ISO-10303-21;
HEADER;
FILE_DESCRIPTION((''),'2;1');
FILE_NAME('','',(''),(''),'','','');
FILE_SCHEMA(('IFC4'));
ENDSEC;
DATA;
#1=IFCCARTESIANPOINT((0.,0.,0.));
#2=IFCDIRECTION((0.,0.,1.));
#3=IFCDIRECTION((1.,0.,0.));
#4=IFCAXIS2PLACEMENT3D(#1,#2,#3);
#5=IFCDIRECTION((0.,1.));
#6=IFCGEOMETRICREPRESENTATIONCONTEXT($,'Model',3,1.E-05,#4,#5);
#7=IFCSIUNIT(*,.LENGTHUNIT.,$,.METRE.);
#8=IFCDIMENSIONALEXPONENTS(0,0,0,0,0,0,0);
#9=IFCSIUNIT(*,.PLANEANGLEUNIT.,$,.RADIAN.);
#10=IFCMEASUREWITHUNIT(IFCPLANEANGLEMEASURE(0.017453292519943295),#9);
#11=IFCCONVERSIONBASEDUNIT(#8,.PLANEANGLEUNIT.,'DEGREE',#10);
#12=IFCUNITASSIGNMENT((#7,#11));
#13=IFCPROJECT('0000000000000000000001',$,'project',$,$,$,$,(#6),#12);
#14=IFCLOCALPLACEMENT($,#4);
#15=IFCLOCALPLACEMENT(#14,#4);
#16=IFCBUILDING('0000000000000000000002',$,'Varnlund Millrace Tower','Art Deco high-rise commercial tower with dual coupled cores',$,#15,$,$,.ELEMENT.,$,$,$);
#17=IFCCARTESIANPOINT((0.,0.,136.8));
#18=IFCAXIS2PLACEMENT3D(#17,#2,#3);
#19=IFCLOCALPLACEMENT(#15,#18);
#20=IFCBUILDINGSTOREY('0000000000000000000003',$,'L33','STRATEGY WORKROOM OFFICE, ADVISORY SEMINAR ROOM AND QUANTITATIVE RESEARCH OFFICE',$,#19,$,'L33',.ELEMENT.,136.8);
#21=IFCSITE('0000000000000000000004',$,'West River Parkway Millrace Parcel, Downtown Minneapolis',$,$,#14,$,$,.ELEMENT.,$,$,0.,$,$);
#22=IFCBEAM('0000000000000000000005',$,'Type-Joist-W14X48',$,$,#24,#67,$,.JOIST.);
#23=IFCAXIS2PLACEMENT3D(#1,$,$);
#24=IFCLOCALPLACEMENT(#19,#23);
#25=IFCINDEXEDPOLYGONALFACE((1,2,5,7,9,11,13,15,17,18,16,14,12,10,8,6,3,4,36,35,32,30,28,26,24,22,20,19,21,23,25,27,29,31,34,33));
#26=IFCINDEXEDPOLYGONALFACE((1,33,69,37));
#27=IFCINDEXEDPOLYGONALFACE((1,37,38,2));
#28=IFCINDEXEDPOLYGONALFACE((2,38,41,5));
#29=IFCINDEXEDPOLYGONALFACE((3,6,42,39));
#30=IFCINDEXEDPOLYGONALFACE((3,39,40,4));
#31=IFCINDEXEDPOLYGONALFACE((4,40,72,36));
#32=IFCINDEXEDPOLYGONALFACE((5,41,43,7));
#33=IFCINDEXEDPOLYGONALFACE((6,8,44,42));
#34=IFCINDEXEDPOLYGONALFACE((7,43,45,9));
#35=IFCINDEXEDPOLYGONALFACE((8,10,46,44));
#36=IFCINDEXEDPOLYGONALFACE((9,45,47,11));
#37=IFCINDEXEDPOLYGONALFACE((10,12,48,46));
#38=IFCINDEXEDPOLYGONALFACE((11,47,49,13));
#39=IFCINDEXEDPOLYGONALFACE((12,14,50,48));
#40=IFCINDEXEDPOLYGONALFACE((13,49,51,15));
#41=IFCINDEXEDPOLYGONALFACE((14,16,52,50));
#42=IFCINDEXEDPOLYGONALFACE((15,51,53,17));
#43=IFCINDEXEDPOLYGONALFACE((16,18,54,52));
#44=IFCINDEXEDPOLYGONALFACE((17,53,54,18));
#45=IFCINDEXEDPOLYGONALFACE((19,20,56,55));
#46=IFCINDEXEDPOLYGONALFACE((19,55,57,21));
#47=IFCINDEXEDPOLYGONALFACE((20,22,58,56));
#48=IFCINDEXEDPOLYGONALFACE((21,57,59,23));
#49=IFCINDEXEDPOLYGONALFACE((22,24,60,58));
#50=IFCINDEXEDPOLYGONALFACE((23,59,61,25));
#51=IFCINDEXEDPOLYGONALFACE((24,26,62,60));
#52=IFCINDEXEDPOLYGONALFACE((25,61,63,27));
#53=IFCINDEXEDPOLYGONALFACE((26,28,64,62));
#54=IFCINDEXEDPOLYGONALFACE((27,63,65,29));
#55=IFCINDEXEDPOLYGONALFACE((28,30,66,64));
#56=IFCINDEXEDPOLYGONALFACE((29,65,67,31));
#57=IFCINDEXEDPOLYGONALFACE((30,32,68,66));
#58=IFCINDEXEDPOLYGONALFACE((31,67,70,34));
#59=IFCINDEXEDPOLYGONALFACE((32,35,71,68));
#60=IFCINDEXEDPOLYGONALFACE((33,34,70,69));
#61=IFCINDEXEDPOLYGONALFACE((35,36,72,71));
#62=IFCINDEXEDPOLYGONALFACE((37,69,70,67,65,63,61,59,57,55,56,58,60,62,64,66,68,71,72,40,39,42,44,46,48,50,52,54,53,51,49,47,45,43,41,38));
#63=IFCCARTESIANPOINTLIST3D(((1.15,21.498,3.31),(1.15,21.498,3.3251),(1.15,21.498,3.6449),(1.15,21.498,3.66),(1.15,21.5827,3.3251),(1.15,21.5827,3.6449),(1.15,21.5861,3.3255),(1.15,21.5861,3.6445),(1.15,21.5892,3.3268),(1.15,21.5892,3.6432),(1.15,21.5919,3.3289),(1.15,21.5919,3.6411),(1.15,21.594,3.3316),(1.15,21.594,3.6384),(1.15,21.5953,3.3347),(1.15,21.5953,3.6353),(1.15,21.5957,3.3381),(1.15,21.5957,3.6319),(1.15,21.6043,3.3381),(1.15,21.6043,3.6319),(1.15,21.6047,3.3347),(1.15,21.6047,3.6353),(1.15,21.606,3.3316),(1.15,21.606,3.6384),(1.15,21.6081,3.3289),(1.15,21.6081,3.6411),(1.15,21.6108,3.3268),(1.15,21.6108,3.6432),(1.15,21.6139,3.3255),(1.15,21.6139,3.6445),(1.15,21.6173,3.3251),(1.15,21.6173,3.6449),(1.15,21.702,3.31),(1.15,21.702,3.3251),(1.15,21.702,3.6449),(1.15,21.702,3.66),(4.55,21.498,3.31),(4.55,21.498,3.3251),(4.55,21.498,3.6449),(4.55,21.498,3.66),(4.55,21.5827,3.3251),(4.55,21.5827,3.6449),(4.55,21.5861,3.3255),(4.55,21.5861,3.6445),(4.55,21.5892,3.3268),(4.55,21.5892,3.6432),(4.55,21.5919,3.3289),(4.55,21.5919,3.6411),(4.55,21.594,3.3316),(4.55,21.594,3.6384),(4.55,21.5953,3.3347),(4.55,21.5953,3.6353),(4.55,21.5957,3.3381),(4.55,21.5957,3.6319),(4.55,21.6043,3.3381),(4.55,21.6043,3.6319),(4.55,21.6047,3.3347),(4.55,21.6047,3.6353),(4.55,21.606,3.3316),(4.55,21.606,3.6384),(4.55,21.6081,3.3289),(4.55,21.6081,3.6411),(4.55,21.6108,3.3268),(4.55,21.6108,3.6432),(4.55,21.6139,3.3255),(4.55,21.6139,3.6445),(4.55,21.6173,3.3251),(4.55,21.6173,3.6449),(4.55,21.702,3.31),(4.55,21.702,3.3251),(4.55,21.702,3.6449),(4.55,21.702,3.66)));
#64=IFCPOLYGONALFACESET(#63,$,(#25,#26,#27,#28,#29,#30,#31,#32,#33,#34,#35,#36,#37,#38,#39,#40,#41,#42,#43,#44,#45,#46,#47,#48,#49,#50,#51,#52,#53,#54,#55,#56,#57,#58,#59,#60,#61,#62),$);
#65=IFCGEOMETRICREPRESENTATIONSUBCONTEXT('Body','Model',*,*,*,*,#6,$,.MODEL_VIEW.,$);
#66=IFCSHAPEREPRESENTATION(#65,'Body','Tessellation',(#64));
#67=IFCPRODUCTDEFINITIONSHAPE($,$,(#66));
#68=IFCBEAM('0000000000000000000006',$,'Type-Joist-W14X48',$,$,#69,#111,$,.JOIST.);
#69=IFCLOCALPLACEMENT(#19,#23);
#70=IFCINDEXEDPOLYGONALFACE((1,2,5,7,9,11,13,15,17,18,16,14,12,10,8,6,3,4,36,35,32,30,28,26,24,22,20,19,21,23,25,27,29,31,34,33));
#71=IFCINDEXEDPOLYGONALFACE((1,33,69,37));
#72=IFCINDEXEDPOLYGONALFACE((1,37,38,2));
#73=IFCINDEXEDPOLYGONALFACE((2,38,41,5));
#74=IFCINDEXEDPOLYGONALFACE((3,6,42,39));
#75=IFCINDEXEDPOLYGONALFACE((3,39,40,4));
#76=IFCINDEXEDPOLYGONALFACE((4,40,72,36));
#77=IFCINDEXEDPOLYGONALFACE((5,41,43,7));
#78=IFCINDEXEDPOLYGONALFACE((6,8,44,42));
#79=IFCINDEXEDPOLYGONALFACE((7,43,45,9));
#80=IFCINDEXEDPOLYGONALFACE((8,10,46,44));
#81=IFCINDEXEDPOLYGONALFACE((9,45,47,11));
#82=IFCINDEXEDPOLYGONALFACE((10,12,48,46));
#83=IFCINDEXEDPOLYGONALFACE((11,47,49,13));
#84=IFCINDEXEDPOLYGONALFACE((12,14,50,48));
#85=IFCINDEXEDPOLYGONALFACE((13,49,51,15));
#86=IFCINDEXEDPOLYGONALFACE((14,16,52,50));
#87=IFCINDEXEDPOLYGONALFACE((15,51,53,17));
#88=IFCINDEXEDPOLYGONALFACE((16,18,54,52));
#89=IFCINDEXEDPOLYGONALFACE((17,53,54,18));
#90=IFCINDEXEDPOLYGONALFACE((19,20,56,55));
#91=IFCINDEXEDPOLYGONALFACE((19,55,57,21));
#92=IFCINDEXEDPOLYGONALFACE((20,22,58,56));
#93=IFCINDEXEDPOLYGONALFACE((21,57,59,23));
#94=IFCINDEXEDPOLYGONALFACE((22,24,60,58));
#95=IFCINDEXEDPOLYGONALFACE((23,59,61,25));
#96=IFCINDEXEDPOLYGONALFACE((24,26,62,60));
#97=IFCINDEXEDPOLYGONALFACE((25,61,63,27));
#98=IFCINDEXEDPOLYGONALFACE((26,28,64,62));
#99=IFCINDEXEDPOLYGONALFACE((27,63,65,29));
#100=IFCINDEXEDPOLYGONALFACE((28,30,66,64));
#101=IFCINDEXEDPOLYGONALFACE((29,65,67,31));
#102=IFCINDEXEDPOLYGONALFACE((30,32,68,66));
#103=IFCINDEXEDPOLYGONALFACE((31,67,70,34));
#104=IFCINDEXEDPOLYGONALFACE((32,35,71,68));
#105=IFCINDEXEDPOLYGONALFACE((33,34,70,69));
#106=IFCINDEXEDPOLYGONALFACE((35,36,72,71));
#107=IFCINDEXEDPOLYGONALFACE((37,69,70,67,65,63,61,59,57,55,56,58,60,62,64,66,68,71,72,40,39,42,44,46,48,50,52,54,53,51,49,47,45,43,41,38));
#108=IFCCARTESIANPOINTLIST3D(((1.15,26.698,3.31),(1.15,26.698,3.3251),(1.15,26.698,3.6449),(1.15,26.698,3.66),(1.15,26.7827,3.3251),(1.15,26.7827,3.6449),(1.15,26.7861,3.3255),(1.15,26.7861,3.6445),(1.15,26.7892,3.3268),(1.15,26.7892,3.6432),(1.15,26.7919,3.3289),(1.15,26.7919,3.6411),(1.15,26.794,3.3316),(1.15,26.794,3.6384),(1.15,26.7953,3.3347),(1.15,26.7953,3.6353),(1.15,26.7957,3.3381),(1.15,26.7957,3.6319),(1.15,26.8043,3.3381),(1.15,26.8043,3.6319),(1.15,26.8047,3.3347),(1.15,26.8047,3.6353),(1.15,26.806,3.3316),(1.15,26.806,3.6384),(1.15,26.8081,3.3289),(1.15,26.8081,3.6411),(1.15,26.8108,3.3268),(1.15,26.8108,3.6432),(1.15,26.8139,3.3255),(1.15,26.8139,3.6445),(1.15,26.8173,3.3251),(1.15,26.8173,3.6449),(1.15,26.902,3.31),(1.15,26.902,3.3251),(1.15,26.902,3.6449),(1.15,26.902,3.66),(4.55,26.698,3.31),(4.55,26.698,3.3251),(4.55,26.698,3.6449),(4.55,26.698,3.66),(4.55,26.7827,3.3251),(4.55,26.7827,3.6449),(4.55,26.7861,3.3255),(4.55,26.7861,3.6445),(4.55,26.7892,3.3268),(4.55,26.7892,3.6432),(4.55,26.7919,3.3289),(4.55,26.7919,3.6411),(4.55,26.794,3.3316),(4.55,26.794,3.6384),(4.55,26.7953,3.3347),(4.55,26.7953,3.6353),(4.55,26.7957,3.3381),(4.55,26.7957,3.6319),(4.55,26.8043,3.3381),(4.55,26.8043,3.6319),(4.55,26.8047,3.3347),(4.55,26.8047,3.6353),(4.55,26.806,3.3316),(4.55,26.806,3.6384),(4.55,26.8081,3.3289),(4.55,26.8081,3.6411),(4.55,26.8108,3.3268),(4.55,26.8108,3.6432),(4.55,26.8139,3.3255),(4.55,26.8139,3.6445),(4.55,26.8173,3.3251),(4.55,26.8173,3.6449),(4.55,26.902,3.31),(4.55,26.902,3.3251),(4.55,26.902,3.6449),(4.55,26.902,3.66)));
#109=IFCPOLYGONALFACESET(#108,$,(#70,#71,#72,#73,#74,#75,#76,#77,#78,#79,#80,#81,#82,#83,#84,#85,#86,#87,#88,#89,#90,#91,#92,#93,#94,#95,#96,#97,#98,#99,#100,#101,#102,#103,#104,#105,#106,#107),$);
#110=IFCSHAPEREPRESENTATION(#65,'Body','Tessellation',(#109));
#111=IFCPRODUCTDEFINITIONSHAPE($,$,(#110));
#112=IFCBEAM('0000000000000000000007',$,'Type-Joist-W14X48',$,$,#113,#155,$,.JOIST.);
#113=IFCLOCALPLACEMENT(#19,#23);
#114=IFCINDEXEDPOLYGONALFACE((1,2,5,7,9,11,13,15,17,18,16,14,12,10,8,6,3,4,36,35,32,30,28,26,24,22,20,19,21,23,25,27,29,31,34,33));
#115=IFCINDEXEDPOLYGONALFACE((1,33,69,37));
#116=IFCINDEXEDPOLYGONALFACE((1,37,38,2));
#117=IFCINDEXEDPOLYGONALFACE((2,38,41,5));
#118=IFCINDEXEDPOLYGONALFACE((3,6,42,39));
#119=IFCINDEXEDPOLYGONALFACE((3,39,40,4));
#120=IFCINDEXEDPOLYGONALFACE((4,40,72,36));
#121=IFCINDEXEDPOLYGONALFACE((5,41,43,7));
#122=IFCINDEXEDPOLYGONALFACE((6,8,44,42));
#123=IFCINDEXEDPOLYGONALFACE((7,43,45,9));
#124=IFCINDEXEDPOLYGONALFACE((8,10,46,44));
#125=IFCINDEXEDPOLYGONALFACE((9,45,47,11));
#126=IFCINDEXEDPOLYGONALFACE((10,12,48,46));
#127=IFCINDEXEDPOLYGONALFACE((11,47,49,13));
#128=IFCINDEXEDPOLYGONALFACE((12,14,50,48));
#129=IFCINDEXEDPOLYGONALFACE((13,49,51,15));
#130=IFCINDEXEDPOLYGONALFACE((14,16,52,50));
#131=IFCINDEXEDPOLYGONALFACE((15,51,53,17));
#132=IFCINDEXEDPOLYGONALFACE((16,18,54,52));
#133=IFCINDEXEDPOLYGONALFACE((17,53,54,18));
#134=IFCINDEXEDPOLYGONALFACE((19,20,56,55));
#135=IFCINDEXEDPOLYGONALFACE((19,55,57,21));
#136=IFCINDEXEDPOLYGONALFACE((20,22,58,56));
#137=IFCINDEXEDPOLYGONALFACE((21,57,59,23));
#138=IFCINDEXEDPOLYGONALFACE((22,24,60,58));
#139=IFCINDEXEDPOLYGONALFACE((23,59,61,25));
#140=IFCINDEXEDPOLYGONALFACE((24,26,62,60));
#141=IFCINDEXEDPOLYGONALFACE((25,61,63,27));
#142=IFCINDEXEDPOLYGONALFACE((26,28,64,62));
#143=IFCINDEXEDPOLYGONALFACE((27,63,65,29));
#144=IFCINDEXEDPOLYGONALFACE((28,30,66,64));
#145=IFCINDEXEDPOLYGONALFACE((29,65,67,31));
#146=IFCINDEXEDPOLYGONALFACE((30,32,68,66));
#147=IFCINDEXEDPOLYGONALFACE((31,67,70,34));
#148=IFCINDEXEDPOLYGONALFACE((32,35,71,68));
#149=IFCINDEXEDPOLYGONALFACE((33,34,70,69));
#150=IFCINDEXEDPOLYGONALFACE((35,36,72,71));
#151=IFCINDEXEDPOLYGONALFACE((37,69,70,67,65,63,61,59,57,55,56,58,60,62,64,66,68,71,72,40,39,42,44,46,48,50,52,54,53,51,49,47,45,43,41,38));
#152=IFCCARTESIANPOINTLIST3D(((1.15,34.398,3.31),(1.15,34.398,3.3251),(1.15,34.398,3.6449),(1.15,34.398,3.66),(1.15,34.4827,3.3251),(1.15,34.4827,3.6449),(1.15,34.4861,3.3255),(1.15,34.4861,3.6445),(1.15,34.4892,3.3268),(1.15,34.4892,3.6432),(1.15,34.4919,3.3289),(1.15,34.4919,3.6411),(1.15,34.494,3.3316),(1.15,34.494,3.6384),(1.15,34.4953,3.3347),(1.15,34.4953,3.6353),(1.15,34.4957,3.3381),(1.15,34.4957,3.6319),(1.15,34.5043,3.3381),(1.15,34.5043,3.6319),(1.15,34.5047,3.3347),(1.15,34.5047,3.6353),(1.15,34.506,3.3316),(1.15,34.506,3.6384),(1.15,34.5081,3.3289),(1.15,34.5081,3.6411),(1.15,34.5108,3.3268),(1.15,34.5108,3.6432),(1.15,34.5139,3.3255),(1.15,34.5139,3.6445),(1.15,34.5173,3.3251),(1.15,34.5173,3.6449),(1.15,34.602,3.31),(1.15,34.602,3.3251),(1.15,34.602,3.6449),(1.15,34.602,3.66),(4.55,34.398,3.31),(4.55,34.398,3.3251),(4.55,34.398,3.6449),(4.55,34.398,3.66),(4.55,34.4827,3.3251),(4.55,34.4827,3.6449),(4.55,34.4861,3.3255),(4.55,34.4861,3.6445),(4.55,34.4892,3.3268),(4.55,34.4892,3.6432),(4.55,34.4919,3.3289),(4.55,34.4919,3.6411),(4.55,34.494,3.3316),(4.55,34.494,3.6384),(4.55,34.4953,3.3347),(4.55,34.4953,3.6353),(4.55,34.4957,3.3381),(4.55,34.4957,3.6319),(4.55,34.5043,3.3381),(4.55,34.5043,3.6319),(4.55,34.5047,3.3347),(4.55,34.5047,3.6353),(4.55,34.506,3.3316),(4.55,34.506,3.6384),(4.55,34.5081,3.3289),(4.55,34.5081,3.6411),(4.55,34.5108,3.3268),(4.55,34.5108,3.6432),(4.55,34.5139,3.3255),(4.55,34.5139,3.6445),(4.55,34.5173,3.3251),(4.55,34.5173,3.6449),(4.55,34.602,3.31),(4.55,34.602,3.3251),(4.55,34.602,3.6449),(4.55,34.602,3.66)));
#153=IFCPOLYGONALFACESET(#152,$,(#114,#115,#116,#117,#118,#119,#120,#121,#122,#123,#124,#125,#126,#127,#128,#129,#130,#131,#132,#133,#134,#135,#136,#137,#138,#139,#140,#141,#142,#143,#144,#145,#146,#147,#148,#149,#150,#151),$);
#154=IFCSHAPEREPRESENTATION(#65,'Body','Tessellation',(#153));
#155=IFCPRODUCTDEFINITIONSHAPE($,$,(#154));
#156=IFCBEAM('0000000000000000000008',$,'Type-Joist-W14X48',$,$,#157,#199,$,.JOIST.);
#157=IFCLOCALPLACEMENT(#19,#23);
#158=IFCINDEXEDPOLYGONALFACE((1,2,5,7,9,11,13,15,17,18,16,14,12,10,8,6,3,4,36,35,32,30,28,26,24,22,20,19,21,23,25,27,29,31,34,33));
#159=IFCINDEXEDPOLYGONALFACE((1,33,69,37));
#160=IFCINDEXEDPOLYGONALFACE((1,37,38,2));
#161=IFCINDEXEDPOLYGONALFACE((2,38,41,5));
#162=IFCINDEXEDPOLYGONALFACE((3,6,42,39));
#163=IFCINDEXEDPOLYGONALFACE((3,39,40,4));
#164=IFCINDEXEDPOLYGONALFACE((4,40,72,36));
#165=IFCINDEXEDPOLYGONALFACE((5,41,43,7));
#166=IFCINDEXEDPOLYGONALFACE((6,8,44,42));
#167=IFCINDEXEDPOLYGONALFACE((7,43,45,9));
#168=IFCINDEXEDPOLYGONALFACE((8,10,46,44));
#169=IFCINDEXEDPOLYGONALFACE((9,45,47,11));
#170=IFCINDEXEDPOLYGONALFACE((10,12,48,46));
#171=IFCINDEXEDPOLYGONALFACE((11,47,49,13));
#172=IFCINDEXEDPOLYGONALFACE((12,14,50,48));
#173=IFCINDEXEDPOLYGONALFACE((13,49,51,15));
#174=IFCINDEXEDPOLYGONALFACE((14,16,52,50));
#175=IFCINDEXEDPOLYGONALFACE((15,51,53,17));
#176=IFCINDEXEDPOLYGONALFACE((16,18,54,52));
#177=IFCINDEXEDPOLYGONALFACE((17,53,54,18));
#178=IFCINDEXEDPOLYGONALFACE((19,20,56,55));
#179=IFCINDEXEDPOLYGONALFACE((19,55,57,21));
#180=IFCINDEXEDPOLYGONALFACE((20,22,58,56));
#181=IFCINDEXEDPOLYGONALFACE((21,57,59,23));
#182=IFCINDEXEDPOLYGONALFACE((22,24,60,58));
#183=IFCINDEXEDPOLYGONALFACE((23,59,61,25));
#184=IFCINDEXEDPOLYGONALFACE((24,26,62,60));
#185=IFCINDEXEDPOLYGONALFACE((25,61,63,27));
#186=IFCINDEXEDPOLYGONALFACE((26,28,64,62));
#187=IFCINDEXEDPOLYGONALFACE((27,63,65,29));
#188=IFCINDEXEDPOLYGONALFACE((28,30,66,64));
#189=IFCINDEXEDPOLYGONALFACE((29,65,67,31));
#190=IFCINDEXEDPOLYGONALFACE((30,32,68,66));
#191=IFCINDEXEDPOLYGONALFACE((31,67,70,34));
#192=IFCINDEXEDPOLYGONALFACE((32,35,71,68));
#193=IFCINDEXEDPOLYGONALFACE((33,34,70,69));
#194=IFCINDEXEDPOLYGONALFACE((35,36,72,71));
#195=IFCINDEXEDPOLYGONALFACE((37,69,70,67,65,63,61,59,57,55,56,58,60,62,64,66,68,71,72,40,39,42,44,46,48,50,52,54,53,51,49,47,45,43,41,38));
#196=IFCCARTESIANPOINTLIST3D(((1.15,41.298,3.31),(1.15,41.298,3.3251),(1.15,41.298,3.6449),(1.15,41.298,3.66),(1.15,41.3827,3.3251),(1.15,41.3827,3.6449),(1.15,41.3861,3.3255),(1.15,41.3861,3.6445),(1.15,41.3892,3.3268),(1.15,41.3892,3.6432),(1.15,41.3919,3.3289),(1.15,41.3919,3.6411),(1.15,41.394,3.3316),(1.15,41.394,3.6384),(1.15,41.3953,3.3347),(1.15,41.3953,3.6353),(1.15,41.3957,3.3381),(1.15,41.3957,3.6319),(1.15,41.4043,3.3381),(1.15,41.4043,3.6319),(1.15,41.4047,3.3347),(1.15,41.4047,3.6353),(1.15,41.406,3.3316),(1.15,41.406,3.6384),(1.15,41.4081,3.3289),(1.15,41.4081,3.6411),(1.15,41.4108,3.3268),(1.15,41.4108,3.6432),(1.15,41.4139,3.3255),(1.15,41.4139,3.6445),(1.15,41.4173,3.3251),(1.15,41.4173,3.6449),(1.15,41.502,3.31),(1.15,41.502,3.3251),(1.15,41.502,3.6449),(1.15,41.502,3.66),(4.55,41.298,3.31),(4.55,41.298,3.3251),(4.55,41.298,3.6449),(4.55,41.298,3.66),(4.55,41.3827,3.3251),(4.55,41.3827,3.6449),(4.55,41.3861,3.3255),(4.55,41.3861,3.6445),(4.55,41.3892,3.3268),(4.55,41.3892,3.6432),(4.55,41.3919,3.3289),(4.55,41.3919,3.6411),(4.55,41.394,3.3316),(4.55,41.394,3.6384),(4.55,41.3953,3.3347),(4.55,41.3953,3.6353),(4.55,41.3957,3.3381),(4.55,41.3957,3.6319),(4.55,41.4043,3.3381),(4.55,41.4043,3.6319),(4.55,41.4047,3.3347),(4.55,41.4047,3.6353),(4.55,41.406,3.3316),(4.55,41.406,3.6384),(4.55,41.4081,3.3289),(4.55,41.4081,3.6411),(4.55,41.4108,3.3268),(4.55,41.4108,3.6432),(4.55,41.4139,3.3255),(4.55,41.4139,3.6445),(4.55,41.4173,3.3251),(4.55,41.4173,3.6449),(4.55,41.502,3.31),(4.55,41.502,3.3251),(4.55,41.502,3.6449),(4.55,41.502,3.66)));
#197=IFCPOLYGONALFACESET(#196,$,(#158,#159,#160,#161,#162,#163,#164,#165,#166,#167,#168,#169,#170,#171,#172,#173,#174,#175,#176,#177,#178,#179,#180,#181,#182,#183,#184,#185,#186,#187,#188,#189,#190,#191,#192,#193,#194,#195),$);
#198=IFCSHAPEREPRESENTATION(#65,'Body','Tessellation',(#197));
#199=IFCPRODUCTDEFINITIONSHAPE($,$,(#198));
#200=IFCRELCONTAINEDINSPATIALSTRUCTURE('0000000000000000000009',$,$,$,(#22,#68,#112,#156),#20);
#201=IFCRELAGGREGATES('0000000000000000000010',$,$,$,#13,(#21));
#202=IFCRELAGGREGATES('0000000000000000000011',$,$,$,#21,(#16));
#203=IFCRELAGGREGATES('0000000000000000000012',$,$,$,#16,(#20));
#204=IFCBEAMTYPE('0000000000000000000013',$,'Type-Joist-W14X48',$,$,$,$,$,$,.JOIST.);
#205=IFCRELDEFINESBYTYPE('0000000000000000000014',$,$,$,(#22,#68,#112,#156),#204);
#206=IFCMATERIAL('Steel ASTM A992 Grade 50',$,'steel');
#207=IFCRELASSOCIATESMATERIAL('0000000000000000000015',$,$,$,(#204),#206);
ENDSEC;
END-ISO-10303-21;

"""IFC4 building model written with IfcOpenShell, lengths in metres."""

from ifc_helpers import new_model, entity, si_unit, converted_unit, direction, frame, origin_with_axes, origin_2d_with_axis, place, context, subcontext, project, spatial, i_section, extrude, material, material_profile, profile_set, type_object, element, save


model = new_model("IFC4")

# Units and contexts
model_context = context("Model", 3, precision=1e-05, world=origin_with_axes(), true_north=direction((0.0, 1.0)))
body_context = subcontext(model_context, "Body", "Model", "MODEL_VIEW")
ifc_project = project(units=[si_unit("LENGTHUNIT", "METRE"), converted_unit("PLANEANGLEUNIT", "DEGREE", entity("IfcPlaneAngleMeasure", 0.017453292519943295), si_unit("PLANEANGLEUNIT", "RADIAN"), dimensions=[0, 0, 0, 0, 0, 0, 0])], contexts=[model_context])

# Site, building, storey
site_placement = place(None, origin_with_axes())
site = spatial("IfcSite", under=ifc_project, at=site_placement, Name="West River Parkway Millrace Parcel, Downtown Minneapolis", CompositionType="ELEMENT", RefElevation=0.0)
building_placement = place(site_placement, origin_with_axes())
building = spatial("IfcBuilding", under=site, at=building_placement, Name="Varnlund Millrace Tower", Description="Art Deco high-rise commercial tower with dual coupled cores", CompositionType="ELEMENT")
storey_placement = place(building_placement, frame((0.0, 0.0, 136.8), z_axis=(0.0, 0.0, 1.0), x_axis=(1.0, 0.0, 0.0)))
storey = spatial("IfcBuildingStorey", under=building, at=storey_placement, Name="L33", Description="STRATEGY WORKROOM OFFICE, ADVISORY SEMINAR ROOM AND QUANTITATIVE RESEARCH OFFICE", LongName="L33", CompositionType="ELEMENT", Elevation=136.8)

# Beams
ifc_material_1 = material(Name="Steel ASTM A992 Grade 50", Category="steel")
ifc_material_profile_1 = material_profile(ifc_material_1, i_section(OverallWidth=0.204, OverallDepth=0.35, WebThickness=0.0086, FlangeThickness=0.0151, FilletRadius=0.013, at=origin_2d_with_axis()), Name="Steel ASTM A992 Grade 50")
ifc_profile_set_1 = profile_set([ifc_material_profile_1], Name="Steel ASTM A992 Grade 50")
beam_type_1 = type_object("IfcBeamType", Name="Type-Joist-W14X48", PredefinedType="JOIST", material=ifc_profile_set_1)
for number, where, z_axis, x_axis, name in (
    (1, (1.15, 21.6, 3.485), (1.0, 0.0, 0.0), (0.0, 1.0, 0.0), "Type-Joist-W14X48"),
    (2, (1.15, 26.8, 3.485), (1.0, 0.0, 0.0), (0.0, 1.0, 0.0), "Type-Joist-W14X48"),
    (3, (1.15, 34.5, 3.485), (1.0, 0.0, 0.0), (0.0, 1.0, 0.0), "Type-Joist-W14X48"),
    (4, (1.15, 41.4, 3.485), (1.0, 0.0, 0.0), (0.0, 1.0, 0.0), "Type-Joist-W14X48"),
):
    element("IfcBeam", number, at=place(storey_placement, frame(where, z_axis=z_axis, x_axis=x_axis)), inside=storey, type_object=beam_type_1, Name=name, PredefinedType="JOIST", context=body_context, shape_type="SweptSolid", body=[
        extrude(i_section(OverallWidth=0.204, OverallDepth=0.35, WebThickness=0.0086, FlangeThickness=0.0151, FilletRadius=0.013, at=origin_2d_with_axis()), origin_with_axes(), (0.0, 0.0, 1.0), 3.4),
    ])

save(model, "model.ifc")
